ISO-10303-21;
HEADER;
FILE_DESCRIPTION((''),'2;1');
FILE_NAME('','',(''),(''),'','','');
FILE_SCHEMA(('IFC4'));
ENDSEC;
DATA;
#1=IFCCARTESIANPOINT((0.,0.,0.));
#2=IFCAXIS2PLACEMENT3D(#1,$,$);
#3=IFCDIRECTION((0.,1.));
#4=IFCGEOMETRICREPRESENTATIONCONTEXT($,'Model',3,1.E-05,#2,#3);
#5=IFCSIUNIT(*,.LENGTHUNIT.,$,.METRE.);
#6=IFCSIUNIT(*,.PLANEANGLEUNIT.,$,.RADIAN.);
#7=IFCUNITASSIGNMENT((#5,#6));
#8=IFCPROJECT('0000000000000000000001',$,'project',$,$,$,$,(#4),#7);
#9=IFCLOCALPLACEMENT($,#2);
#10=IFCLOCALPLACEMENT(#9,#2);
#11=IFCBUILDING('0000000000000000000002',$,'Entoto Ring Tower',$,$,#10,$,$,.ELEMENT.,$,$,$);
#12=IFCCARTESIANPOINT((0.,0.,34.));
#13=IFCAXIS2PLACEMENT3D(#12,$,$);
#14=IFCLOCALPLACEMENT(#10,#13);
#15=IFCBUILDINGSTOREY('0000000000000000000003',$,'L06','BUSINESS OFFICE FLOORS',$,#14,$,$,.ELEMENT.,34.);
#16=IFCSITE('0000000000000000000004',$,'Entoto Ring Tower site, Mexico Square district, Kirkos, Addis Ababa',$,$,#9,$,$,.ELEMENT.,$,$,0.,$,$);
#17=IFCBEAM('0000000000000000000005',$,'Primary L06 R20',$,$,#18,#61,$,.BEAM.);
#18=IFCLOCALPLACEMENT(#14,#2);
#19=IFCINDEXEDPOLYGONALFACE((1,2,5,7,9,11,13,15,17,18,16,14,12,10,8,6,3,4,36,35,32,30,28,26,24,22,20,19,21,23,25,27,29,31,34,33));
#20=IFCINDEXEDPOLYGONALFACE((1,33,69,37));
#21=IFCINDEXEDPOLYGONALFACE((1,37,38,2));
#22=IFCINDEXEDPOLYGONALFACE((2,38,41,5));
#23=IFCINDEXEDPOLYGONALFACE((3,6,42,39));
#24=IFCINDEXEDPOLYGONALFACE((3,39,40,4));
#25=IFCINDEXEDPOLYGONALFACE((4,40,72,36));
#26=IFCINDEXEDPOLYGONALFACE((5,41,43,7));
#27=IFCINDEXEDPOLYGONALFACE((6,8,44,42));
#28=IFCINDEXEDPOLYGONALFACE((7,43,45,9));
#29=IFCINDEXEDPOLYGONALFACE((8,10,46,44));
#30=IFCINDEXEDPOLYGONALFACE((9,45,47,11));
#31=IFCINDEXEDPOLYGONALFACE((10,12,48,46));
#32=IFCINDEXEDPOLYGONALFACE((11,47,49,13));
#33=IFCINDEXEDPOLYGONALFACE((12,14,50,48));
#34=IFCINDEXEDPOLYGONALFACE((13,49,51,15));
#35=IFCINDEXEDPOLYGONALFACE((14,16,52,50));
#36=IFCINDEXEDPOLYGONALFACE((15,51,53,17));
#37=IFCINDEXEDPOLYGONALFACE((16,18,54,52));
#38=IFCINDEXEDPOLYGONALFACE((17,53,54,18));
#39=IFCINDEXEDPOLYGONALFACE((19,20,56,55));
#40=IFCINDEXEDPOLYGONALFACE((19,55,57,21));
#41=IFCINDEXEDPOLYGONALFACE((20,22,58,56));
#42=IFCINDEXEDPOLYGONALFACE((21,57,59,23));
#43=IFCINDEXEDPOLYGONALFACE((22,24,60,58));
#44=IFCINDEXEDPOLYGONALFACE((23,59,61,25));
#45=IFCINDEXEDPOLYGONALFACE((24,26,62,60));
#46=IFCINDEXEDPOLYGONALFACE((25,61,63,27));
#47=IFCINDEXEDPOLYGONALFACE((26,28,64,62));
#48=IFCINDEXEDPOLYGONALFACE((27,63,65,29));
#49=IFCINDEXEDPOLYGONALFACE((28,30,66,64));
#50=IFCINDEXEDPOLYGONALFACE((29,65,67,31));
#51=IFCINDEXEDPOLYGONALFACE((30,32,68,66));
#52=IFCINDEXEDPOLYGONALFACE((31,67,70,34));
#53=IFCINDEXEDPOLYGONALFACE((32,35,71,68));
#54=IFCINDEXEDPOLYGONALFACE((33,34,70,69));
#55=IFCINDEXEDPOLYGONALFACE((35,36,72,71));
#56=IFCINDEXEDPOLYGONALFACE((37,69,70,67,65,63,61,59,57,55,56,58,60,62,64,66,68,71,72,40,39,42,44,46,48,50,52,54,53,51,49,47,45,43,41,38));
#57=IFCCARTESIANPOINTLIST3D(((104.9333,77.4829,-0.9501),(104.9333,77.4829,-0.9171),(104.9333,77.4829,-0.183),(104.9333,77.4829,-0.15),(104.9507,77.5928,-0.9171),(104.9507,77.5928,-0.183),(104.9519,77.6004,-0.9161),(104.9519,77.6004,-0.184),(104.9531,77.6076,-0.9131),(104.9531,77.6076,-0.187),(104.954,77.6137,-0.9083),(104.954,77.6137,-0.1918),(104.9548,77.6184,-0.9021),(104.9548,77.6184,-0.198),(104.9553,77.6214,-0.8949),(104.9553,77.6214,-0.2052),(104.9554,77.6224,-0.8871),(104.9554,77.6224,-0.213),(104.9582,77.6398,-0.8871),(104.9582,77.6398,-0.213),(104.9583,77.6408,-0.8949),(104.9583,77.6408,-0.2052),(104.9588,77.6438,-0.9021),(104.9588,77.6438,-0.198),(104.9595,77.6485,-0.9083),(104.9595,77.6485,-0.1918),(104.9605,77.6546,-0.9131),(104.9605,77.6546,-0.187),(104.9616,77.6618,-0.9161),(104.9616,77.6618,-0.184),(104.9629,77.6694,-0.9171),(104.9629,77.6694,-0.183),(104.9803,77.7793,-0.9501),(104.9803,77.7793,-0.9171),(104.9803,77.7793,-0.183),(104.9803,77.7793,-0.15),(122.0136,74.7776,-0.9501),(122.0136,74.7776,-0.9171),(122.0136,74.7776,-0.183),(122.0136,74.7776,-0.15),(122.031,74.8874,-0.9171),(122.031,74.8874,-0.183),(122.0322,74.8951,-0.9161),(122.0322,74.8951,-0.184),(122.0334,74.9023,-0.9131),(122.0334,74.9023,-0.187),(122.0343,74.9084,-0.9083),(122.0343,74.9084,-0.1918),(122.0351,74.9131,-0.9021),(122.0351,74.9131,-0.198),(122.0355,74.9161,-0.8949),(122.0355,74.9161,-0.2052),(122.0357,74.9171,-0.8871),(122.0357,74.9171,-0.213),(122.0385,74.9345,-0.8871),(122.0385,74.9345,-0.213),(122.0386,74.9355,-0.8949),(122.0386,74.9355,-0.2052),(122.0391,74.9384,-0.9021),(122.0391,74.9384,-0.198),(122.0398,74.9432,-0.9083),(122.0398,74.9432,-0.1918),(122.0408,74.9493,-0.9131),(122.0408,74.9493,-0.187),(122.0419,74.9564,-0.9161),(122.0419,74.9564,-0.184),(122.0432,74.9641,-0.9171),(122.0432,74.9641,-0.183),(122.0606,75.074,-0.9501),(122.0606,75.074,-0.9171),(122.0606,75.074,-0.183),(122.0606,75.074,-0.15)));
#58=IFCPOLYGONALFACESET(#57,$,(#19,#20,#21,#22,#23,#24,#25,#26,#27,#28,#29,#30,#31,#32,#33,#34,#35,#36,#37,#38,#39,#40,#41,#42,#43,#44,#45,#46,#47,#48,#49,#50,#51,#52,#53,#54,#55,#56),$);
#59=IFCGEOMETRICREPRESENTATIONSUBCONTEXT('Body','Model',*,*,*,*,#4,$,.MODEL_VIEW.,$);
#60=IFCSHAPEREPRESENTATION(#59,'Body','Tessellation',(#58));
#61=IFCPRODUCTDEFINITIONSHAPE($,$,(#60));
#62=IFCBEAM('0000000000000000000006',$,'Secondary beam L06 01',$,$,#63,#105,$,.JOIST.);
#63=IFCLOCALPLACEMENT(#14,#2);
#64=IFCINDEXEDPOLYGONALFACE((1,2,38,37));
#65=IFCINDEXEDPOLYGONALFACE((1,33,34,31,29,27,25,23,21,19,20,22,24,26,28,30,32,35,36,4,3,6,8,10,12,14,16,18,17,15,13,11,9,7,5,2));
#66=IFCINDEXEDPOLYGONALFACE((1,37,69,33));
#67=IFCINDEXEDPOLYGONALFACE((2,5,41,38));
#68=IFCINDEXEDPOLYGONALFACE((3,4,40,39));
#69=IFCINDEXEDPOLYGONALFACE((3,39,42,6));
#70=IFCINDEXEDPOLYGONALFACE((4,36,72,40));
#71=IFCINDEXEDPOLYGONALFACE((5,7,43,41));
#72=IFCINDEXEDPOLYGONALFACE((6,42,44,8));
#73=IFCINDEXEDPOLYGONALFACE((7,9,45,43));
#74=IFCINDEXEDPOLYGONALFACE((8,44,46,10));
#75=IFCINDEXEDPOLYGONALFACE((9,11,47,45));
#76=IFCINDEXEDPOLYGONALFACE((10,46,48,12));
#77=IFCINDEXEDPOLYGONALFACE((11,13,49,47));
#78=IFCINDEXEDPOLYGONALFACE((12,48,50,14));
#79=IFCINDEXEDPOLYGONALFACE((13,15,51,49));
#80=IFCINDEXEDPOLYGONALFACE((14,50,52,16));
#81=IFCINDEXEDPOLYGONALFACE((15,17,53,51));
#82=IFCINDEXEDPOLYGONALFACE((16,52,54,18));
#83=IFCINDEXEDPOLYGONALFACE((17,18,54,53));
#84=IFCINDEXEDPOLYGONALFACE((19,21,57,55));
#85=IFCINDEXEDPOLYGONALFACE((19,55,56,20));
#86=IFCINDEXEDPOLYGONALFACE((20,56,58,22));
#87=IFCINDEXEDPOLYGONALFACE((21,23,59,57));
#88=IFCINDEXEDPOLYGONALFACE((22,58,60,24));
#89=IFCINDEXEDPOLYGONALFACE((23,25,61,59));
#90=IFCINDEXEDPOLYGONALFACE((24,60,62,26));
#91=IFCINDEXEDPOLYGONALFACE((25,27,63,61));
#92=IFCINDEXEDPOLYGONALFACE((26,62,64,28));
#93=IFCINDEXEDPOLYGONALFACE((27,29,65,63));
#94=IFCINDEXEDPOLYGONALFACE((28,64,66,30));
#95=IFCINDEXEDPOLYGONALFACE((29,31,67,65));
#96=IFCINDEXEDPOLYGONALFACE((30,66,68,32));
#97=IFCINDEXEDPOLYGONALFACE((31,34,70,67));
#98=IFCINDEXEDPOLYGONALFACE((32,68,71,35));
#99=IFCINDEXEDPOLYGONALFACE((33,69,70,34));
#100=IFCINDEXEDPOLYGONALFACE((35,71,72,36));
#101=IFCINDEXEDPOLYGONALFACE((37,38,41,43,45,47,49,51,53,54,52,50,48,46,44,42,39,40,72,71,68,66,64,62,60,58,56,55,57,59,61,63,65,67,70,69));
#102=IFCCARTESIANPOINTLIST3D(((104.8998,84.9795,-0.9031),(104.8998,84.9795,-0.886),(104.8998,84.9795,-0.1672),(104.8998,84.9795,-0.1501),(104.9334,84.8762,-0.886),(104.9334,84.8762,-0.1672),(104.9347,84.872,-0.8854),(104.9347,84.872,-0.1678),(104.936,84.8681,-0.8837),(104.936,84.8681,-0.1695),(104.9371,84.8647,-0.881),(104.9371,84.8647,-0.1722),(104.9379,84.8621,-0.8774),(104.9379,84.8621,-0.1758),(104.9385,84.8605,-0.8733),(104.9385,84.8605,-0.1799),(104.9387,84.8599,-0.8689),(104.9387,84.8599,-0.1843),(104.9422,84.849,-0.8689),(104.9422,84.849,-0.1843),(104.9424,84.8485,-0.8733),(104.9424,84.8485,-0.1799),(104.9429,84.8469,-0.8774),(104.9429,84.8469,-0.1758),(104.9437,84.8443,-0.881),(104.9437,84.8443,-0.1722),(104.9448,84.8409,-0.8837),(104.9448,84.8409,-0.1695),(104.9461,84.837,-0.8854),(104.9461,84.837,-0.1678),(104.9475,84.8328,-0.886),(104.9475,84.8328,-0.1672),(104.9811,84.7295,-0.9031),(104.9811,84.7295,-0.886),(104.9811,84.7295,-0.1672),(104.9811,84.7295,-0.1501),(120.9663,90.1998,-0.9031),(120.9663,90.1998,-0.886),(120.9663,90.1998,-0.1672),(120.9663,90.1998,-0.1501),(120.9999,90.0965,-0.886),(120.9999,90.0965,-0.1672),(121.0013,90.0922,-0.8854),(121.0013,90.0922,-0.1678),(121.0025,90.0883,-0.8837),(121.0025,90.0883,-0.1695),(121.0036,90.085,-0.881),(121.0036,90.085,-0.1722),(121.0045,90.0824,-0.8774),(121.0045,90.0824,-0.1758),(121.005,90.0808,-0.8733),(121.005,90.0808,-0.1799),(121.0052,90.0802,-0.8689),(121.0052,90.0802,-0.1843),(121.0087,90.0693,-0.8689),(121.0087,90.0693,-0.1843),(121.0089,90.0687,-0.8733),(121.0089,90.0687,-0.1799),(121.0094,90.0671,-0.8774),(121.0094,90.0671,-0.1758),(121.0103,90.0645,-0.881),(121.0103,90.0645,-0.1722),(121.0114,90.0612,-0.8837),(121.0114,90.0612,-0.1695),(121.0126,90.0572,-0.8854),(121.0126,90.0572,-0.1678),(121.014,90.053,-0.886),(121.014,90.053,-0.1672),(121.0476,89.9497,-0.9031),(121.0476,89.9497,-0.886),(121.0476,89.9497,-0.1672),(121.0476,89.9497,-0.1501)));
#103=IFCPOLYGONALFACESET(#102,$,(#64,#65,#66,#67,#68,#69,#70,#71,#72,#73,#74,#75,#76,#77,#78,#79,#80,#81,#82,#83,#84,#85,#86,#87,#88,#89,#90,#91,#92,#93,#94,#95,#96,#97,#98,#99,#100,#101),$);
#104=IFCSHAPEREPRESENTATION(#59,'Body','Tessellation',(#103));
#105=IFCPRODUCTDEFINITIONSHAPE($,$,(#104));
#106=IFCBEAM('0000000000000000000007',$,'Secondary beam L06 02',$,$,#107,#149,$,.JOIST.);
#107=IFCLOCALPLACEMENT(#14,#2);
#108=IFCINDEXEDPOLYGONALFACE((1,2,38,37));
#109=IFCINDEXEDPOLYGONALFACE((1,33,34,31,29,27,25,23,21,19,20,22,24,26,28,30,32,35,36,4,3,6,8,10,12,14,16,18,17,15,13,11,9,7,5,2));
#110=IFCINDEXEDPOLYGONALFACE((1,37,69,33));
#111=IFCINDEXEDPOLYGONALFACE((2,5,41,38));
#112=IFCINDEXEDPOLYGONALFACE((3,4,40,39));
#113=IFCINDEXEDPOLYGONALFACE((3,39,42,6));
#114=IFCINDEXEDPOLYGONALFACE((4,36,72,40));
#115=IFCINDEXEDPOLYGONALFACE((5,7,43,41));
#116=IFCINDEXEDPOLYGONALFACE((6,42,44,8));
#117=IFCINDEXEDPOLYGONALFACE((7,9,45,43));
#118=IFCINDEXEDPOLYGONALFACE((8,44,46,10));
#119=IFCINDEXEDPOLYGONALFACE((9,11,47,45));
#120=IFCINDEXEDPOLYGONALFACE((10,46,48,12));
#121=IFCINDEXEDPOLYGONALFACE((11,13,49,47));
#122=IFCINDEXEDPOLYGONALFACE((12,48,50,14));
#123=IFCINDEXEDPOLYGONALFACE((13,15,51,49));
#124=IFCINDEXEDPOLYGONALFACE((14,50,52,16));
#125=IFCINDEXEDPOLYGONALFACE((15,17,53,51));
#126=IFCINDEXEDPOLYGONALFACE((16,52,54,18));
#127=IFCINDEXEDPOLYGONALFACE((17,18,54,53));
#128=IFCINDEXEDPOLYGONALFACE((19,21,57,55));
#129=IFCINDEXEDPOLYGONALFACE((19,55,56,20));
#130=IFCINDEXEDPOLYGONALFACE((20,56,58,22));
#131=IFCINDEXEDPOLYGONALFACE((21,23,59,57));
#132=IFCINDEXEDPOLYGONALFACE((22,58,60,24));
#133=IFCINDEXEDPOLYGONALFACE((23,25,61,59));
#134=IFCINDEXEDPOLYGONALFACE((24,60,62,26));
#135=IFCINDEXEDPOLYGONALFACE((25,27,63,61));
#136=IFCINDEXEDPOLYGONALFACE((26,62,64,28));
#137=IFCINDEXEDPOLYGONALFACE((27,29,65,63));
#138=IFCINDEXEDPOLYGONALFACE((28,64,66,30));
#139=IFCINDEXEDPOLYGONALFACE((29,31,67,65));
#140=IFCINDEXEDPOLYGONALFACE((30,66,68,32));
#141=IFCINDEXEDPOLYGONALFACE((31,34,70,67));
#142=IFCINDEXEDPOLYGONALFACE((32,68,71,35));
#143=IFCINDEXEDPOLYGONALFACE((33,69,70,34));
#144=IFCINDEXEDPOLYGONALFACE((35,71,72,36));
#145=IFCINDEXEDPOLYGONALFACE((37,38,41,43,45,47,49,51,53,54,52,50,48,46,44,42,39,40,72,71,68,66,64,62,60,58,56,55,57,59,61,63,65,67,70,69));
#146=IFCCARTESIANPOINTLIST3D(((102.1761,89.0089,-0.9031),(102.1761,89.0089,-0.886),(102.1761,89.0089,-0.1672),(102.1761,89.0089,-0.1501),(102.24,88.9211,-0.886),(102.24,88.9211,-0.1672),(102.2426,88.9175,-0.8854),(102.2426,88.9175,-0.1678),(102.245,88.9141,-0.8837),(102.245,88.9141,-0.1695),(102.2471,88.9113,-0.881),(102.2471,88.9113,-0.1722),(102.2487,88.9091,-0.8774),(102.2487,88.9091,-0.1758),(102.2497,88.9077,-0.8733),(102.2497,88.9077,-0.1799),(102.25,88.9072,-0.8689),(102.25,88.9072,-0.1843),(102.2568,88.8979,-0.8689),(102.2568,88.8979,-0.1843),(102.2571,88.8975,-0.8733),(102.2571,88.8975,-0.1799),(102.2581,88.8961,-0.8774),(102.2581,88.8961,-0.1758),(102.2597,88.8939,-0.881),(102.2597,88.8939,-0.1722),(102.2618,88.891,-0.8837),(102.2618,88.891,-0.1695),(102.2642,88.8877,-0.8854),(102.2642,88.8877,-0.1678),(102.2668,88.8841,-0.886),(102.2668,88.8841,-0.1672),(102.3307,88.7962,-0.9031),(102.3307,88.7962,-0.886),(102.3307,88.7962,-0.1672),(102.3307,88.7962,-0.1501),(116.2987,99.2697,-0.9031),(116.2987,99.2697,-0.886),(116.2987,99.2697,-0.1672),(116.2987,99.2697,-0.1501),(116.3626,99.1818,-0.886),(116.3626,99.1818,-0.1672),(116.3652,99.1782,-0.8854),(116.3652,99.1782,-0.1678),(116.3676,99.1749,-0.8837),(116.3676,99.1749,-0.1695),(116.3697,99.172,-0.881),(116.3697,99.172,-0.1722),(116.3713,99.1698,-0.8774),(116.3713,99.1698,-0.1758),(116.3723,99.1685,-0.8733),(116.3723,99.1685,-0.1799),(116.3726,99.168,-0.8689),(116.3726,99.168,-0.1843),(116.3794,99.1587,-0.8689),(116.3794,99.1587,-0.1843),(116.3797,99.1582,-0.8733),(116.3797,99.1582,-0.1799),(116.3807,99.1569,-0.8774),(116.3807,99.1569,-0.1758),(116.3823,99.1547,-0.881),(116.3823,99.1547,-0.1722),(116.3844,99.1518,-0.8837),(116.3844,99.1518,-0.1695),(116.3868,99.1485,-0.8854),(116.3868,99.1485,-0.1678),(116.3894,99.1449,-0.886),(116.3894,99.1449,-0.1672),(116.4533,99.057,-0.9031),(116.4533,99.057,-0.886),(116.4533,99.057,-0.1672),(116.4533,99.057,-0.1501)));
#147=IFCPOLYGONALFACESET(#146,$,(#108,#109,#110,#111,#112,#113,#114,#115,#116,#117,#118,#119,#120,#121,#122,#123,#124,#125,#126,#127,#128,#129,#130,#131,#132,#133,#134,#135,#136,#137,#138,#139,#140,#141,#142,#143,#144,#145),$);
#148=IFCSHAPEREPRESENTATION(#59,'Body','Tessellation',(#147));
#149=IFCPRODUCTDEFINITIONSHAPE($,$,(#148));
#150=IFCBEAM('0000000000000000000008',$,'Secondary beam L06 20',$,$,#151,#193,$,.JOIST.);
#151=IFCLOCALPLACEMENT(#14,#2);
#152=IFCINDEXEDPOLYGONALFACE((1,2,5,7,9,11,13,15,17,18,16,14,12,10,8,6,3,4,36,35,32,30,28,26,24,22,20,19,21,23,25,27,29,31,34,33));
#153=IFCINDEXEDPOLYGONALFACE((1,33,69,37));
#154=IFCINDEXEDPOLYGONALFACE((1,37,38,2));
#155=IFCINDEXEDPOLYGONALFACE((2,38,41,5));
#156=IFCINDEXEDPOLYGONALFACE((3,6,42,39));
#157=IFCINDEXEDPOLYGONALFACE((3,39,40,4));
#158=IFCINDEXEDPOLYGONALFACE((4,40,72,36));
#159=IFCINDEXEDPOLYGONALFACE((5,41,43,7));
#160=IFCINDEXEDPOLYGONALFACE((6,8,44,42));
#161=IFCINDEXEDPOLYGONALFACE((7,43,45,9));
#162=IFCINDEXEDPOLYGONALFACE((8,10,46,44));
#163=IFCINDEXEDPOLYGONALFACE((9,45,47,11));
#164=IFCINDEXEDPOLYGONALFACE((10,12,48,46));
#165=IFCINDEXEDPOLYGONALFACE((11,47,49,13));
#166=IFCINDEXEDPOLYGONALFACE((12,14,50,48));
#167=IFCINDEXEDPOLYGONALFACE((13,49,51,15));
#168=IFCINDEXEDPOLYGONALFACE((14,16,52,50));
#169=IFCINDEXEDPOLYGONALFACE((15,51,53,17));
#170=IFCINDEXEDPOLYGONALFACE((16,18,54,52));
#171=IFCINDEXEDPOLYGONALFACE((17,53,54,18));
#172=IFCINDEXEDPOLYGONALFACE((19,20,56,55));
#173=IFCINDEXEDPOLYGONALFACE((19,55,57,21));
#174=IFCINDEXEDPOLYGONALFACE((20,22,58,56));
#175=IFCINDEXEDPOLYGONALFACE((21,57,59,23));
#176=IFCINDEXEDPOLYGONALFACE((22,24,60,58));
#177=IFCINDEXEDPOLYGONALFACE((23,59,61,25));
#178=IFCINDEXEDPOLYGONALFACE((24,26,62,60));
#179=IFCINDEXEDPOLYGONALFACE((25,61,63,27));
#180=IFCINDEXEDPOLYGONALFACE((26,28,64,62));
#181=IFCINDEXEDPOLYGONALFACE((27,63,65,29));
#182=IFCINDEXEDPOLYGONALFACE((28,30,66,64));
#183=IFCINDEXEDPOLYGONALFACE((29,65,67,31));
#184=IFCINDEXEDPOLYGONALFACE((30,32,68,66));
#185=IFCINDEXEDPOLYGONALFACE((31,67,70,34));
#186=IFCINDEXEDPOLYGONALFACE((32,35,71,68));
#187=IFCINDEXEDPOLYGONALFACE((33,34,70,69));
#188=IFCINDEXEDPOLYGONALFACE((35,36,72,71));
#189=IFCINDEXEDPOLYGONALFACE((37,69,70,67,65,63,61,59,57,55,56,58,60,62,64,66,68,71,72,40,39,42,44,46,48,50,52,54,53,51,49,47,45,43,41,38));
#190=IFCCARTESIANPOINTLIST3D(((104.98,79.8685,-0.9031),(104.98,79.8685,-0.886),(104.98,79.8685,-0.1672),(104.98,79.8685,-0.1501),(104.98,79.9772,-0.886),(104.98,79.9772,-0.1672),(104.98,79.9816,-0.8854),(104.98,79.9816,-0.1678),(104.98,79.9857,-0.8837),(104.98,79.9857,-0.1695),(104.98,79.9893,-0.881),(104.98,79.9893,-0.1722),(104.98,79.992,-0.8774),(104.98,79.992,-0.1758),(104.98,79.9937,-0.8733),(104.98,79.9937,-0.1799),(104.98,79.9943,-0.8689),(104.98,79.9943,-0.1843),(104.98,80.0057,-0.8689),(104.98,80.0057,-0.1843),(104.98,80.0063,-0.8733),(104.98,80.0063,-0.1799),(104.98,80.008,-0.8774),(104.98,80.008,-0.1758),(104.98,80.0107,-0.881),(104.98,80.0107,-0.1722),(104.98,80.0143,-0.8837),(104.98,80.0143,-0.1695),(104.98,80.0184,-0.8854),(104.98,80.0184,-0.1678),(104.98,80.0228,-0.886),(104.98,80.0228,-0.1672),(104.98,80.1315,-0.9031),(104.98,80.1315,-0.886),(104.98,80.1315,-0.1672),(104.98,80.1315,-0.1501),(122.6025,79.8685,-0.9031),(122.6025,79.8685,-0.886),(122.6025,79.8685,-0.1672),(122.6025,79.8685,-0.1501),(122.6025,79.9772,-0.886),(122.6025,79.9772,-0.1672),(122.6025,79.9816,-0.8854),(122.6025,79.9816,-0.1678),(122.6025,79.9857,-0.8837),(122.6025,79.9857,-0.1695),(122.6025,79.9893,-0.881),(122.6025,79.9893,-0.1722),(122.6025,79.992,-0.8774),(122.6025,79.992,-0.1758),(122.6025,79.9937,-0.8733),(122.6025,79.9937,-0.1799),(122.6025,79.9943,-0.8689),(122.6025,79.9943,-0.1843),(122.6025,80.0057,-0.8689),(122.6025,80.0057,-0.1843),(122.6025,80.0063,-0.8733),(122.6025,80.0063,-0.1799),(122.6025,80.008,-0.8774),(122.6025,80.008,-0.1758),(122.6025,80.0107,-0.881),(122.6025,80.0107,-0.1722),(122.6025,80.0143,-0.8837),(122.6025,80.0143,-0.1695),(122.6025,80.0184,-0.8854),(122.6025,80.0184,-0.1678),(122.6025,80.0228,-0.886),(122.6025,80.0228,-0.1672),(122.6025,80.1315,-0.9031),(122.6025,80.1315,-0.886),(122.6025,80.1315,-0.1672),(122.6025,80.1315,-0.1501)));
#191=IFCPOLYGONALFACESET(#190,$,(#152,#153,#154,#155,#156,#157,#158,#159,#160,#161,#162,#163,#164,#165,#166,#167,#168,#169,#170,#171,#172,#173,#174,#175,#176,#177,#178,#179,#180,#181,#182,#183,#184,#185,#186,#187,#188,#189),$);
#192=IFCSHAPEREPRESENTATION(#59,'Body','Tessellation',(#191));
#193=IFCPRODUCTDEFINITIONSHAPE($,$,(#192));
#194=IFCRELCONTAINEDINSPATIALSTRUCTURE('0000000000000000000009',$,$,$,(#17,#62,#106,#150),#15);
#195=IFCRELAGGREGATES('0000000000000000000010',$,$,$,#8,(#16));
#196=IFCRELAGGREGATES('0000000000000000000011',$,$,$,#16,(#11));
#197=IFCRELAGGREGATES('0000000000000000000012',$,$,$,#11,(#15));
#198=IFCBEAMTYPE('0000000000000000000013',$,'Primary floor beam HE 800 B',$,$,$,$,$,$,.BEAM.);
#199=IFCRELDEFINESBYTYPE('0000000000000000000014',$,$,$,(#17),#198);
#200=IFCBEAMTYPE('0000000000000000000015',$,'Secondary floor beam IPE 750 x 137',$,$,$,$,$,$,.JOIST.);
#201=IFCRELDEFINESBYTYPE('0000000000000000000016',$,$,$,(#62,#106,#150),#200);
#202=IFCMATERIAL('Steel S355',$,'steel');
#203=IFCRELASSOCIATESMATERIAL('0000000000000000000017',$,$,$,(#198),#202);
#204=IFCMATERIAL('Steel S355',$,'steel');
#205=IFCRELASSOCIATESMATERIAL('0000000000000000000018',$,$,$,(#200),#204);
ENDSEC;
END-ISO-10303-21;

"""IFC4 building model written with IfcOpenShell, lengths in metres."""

from ifc_helpers import new_model, si_unit, direction, frame, origin, origin_2d, place, context, subcontext, project, spatial, i_section, extrude, material, material_profile, profile_set, type_object, element, save


model = new_model("IFC4")

# Units and contexts
model_context = context("Model", 3, precision=1e-05, world=origin(), true_north=direction((0.0, 1.0)))
body_context = subcontext(model_context, "Body", "Model", "MODEL_VIEW")
ifc_project = project(units=[si_unit("LENGTHUNIT", "METRE"), si_unit("PLANEANGLEUNIT", "RADIAN")], contexts=[model_context])

# Site, building, storey
site_placement = place(None, origin())
site = spatial("IfcSite", under=ifc_project, at=site_placement, Name="Entoto Ring Tower site, Mexico Square district, Kirkos, Addis Ababa", CompositionType="ELEMENT", RefElevation=0.0)
building_placement = place(site_placement, origin())
building = spatial("IfcBuilding", under=site, at=building_placement, Name="Entoto Ring Tower", CompositionType="ELEMENT")
storey_placement = place(building_placement, frame((0.0, 0.0, 34.0)))
storey = spatial("IfcBuildingStorey", under=building, at=storey_placement, Name="L06", Description="BUSINESS OFFICE FLOORS", CompositionType="ELEMENT", Elevation=34.0)

# Beams
ifc_material_1 = material(Name="Steel S355", Category="steel")
ifc_material_profile_1 = material_profile(ifc_material_1, i_section(OverallWidth=0.3, OverallDepth=0.8, WebThickness=0.0176, FlangeThickness=0.033, FilletRadius=0.03, at=origin_2d()), Name="HE 800 B")
ifc_profile_set_1 = profile_set([ifc_material_profile_1], Name="Steel S355")
beam_type_1 = type_object("IfcBeamType", Name="Primary floor beam HE 800 B", PredefinedType="BEAM", material=ifc_profile_set_1)
beam_1_placement = place(storey_placement, frame((104.9568, 77.6311, -0.55), z_axis=(0.987688, -0.156438, 0.0), x_axis=(0.156438, 0.987688, 0.0)))
element("IfcBeam", 1, at=beam_1_placement, inside=storey, type_object=beam_type_1, Name="Primary L06 R20", PredefinedType="BEAM", context=body_context, shape_type="SweptSolid", body=[
    extrude(i_section(OverallWidth=0.3, OverallDepth=0.8, WebThickness=0.0176, FlangeThickness=0.033, FilletRadius=0.03, at=origin_2d()), origin(), (0.0, 0.0, 1.0), 17.2932),
])
ifc_material_2 = material(Name="Steel S355", Category="steel")
ifc_material_profile_2 = material_profile(ifc_material_2, i_section(OverallWidth=0.2629, OverallDepth=0.7529, WebThickness=0.0115, FlangeThickness=0.0171, FilletRadius=0.0171, at=origin_2d()), Name="IPE 750 x 137")
ifc_profile_set_2 = profile_set([ifc_material_profile_2], Name="Steel S355")
beam_type_2 = type_object("IfcBeamType", Name="Secondary floor beam IPE 750 x 137", PredefinedType="JOIST", material=ifc_profile_set_2)
beam_2_placement = place(storey_placement, frame((104.9404, 84.8545, -0.5266), z_axis=(0.951058, 0.309013, 0.0), x_axis=(-0.309013, 0.951058, 0.0)))
element("IfcBeam", 2, at=beam_2_placement, inside=storey, type_object=beam_type_2, Name="Secondary beam L06 01", PredefinedType="JOIST", context=body_context, shape_type="SweptSolid", body=[
    extrude(i_section(OverallWidth=0.2629, OverallDepth=0.7529, WebThickness=0.0115, FlangeThickness=0.0171, FilletRadius=0.0171, at=origin_2d()), origin(), (0.0, 0.0, 1.0), 16.8933),
])
beam_3_placement = place(storey_placement, frame((102.2534, 88.9026, -0.5266), z_axis=(0.809014, 0.587789, 0.0), x_axis=(-0.587789, 0.809014, 0.0)))
element("IfcBeam", 3, at=beam_3_placement, inside=storey, type_object=beam_type_2, Name="Secondary beam L06 02", PredefinedType="JOIST", context=body_context, shape_type="SweptSolid", body=[
    extrude(i_section(OverallWidth=0.2629, OverallDepth=0.7529, WebThickness=0.0115, FlangeThickness=0.0171, FilletRadius=0.0171, at=origin_2d()), origin(), (0.0, 0.0, 1.0), 17.4565),
])
beam_4_placement = place(storey_placement, frame((104.98, 80.0, -0.5266), z_axis=(1.0, 0.0, 0.0), x_axis=(0.0, 1.0, 0.0)))
element("IfcBeam", 4, at=beam_4_placement, inside=storey, type_object=beam_type_2, Name="Secondary beam L06 20", PredefinedType="JOIST", context=body_context, shape_type="SweptSolid", body=[
    extrude(i_section(OverallWidth=0.2629, OverallDepth=0.7529, WebThickness=0.0115, FlangeThickness=0.0171, FilletRadius=0.0171, at=origin_2d()), origin(), (0.0, 0.0, 1.0), 17.6226),
])

save(model, "model.ifc")
